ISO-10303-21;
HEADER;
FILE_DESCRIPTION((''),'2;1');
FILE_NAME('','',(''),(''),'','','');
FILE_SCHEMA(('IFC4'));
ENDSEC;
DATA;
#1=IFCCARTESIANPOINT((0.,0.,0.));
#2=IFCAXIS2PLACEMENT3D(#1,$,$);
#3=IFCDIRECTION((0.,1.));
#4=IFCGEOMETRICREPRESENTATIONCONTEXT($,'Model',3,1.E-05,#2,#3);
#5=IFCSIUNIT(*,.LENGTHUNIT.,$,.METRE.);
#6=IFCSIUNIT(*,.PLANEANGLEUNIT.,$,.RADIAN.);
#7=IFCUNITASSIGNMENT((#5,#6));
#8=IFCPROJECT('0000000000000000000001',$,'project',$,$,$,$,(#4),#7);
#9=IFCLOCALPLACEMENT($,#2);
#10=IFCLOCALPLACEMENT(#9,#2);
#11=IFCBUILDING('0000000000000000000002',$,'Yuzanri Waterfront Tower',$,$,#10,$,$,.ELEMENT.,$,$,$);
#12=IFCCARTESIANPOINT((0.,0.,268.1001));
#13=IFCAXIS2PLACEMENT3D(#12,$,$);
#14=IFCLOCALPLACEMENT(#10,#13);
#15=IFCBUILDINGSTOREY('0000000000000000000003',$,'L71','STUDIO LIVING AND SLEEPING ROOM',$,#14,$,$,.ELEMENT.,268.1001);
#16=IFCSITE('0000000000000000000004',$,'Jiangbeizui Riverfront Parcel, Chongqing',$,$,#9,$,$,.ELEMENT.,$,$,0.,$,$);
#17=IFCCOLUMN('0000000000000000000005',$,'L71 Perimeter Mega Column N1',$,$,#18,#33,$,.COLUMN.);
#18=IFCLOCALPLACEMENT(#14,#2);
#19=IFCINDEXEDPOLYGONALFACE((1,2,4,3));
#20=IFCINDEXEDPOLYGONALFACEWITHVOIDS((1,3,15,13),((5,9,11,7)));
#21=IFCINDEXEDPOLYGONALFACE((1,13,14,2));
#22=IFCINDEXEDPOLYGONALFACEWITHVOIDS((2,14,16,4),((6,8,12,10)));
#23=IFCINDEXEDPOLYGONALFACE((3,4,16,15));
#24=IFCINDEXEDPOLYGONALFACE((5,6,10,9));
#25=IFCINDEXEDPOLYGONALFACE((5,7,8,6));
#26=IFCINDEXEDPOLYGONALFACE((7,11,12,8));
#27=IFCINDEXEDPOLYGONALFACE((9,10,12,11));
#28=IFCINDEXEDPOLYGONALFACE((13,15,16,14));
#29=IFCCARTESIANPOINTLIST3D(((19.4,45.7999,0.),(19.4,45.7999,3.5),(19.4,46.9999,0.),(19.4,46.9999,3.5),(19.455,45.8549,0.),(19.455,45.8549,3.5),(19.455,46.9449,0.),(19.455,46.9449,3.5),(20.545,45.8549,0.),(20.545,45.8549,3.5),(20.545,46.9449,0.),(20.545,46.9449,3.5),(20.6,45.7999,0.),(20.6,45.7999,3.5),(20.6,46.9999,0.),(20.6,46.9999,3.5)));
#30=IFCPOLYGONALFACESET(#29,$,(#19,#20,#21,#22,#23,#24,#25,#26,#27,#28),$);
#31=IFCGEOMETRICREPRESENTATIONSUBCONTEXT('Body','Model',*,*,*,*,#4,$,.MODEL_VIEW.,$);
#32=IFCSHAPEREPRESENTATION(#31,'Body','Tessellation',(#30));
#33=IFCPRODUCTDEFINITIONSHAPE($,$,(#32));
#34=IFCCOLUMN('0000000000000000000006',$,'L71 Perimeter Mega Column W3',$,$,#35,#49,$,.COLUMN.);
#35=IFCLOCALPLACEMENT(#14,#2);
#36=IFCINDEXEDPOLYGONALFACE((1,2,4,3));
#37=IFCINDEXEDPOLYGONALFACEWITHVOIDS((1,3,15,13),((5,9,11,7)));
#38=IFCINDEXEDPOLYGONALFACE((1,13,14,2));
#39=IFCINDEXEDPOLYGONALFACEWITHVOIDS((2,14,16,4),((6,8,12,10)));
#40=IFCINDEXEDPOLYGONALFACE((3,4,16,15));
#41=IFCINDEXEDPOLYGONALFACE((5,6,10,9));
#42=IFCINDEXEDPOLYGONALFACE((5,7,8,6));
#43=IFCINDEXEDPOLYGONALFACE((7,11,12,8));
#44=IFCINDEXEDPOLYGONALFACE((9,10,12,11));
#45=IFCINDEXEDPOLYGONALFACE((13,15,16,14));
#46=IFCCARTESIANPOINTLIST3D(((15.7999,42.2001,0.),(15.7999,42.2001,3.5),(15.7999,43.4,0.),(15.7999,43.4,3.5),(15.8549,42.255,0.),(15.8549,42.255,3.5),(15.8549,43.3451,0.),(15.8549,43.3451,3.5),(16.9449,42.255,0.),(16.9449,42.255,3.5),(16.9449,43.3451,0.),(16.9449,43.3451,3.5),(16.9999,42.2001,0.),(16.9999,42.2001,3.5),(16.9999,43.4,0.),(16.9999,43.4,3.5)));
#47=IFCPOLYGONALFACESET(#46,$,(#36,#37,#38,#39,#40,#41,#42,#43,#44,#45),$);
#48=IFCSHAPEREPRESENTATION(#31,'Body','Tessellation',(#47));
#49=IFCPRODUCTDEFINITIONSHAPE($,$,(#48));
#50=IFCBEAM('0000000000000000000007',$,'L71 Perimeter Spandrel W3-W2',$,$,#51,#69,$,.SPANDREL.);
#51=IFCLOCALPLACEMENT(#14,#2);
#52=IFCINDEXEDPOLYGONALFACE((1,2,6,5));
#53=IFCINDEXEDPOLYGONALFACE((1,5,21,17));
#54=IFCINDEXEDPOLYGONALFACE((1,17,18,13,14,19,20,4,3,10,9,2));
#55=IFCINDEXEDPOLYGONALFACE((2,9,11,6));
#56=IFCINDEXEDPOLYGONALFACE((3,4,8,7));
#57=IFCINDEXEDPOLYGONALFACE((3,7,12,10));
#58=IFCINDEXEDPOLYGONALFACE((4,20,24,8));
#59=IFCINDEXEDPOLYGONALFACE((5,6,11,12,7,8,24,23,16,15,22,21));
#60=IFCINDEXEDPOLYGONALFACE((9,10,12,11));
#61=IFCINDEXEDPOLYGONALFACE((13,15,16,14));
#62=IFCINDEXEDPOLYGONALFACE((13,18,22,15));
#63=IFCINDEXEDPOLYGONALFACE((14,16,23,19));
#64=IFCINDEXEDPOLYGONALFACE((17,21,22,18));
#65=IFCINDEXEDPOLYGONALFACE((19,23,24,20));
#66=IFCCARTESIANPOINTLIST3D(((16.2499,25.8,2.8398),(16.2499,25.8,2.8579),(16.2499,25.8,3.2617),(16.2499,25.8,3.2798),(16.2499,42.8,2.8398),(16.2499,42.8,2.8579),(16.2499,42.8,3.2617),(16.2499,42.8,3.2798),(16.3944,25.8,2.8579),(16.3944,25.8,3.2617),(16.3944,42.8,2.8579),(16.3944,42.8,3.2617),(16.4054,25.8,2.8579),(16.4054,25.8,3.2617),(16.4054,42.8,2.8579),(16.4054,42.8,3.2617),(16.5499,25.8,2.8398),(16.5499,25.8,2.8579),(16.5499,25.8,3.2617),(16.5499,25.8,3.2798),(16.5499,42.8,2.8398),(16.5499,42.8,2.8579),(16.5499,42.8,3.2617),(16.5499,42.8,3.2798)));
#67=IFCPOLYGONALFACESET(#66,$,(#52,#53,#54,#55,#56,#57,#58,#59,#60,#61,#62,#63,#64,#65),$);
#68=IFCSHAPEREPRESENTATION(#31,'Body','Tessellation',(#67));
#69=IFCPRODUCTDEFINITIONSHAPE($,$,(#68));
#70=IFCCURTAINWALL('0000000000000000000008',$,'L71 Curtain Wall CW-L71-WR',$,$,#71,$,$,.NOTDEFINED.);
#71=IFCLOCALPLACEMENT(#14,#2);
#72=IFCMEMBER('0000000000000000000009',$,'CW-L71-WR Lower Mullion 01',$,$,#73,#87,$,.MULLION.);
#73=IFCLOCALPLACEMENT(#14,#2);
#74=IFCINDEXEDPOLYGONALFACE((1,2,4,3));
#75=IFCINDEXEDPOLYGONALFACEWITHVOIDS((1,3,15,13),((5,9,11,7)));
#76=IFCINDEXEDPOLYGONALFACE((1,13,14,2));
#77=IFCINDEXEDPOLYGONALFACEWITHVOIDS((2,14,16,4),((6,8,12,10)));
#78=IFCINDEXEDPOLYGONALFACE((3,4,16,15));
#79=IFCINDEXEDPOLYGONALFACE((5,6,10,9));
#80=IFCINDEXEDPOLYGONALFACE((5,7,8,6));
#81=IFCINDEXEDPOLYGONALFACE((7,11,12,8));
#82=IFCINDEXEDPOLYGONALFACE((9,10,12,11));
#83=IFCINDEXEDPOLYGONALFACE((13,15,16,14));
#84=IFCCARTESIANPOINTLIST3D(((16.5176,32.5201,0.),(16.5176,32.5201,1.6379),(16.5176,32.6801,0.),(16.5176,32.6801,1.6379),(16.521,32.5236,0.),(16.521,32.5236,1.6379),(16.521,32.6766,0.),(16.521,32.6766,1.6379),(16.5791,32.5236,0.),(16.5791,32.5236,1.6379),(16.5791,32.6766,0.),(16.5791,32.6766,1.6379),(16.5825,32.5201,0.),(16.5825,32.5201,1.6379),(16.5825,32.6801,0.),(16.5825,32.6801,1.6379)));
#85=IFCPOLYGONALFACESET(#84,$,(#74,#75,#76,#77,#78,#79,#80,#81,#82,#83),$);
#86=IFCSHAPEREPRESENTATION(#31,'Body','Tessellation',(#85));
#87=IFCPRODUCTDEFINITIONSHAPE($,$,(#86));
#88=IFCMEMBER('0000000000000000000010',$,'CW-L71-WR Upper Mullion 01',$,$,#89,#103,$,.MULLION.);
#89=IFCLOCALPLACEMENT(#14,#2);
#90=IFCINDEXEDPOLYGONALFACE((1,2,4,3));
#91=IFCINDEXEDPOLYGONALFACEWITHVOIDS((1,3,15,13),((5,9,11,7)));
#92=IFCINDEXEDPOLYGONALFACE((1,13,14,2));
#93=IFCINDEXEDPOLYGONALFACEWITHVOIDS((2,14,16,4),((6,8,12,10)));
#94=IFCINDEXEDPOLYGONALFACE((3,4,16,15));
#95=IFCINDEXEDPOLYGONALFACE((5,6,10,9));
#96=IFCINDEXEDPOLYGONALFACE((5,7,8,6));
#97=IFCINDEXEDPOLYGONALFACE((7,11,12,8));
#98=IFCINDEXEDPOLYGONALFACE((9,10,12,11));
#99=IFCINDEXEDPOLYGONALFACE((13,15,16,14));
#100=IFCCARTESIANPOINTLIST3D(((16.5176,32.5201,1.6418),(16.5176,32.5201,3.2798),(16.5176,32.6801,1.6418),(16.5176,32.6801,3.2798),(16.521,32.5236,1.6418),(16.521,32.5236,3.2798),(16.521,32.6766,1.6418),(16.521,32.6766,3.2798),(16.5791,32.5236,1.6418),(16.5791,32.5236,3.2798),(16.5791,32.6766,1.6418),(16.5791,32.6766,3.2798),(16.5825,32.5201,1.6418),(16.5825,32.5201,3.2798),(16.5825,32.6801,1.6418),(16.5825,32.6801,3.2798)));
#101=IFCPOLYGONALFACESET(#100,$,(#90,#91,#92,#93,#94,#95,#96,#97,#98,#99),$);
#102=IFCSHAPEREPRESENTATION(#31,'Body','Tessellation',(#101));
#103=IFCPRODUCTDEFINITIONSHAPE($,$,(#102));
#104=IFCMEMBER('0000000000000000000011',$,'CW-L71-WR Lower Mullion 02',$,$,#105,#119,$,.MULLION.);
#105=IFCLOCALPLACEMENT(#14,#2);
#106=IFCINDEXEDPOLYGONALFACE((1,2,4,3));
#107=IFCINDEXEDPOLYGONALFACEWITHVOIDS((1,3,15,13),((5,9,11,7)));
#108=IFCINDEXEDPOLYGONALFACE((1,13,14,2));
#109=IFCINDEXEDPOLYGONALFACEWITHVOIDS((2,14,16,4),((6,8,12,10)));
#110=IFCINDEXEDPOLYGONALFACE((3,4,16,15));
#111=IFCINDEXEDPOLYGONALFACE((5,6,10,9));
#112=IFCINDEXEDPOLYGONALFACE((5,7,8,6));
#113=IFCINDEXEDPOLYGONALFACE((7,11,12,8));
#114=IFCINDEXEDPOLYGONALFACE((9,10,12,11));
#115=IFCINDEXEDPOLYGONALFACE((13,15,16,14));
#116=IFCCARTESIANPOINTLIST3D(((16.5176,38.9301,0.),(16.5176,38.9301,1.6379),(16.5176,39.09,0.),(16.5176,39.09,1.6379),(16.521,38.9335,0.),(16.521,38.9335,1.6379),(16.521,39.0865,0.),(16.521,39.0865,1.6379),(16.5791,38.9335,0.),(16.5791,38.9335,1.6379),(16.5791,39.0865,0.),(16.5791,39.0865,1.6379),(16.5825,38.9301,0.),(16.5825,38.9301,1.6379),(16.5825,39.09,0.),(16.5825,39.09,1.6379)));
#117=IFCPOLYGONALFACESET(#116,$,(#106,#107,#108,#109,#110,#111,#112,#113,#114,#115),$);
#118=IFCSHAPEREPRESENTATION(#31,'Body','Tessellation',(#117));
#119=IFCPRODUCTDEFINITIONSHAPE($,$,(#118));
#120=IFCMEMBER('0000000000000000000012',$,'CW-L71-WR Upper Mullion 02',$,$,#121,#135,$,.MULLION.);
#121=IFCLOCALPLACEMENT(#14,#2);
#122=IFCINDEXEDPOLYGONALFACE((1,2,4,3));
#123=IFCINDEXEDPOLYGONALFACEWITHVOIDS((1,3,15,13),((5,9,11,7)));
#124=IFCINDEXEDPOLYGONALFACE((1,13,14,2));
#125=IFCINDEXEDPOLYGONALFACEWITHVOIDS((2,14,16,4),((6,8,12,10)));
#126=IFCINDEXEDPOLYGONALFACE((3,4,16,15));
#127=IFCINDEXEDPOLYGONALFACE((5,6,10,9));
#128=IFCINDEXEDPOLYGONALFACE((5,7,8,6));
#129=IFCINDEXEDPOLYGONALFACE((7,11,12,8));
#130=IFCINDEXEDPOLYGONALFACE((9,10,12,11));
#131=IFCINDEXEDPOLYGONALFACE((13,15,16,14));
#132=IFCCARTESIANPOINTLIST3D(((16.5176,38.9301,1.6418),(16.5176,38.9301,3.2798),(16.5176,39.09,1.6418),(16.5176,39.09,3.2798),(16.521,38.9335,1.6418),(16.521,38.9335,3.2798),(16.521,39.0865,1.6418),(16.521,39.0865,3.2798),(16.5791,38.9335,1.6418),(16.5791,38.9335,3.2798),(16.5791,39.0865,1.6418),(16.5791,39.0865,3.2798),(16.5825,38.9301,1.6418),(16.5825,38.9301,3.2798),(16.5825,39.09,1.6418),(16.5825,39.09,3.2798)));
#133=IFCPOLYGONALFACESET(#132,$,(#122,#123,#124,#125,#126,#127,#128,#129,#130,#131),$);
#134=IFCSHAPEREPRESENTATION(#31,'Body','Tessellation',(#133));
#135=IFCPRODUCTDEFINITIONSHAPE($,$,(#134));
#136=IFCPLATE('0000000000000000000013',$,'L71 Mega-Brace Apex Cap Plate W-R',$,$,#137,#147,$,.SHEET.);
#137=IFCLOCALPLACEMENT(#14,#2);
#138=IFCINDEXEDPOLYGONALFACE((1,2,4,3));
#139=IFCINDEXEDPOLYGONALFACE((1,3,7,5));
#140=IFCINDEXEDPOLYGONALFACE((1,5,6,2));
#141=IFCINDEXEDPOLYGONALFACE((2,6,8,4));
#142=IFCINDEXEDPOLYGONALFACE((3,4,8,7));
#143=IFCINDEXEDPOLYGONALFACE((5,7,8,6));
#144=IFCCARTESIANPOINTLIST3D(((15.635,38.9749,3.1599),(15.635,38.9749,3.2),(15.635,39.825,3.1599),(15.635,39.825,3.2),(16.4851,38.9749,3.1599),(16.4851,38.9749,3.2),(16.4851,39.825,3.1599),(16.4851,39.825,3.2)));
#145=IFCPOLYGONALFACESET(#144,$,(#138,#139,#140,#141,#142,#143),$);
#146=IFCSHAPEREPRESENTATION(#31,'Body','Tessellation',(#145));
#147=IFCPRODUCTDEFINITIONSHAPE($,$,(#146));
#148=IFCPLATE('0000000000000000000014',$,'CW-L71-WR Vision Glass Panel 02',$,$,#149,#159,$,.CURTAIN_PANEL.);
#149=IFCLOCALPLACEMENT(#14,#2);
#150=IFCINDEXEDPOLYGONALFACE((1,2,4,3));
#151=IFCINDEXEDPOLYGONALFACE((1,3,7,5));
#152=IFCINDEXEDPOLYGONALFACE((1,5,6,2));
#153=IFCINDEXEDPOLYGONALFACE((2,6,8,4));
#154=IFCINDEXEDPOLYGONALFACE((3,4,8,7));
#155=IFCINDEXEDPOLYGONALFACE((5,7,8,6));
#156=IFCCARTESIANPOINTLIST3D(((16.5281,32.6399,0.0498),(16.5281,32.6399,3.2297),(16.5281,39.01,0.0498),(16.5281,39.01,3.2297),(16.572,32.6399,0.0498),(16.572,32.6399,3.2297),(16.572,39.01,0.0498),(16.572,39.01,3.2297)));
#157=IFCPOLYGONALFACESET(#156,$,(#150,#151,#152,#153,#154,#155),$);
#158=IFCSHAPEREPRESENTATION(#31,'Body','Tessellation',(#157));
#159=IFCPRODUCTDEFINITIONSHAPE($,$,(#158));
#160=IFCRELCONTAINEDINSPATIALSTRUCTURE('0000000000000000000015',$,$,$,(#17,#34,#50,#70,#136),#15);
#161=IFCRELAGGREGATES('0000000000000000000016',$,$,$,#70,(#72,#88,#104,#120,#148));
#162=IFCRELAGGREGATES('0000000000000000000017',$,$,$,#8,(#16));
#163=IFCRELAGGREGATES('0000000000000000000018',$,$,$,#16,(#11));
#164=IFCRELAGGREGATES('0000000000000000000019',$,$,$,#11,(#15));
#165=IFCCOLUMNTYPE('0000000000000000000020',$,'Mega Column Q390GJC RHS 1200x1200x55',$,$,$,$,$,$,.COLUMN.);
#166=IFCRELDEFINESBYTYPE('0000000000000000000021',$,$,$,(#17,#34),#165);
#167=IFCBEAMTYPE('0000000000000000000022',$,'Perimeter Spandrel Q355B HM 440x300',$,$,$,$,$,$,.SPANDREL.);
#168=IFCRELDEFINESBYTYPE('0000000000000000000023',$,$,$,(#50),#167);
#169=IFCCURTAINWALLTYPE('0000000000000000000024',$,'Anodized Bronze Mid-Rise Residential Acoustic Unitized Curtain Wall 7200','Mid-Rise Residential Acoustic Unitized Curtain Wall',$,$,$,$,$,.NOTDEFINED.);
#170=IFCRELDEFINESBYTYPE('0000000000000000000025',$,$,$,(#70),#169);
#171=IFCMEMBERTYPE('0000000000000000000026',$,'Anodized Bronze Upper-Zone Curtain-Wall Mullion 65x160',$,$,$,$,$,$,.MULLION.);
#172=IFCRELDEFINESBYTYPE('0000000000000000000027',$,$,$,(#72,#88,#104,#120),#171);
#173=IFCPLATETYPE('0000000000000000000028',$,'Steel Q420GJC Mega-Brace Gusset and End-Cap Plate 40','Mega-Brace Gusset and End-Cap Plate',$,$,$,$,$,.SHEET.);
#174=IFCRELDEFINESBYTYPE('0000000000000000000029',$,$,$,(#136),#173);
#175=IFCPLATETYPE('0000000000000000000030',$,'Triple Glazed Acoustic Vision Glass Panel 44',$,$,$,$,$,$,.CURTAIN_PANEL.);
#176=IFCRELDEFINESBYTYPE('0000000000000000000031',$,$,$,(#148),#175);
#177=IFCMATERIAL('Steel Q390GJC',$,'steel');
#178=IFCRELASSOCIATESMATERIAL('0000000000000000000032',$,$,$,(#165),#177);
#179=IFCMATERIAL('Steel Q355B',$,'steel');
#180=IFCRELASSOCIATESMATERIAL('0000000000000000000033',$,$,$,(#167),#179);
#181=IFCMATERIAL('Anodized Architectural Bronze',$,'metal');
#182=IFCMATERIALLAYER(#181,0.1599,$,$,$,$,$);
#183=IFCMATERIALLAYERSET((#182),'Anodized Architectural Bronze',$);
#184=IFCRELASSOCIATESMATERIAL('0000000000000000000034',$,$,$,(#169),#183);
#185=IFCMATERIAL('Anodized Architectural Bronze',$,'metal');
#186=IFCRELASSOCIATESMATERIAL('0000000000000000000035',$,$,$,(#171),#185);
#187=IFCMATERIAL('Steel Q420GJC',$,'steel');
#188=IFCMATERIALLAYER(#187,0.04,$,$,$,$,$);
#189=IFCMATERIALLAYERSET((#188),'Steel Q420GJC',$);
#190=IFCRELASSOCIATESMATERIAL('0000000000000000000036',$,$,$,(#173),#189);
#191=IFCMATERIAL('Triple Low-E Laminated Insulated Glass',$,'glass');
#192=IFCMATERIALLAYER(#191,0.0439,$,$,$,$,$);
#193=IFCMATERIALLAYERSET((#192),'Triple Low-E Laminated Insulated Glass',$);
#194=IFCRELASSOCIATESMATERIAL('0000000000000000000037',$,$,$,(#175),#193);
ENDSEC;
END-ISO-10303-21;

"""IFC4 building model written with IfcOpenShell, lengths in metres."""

from ifc_helpers import new_model, si_unit, direction, frame, origin, origin_2d, place, context, subcontext, project, spatial, rectangle, hollow_rectangle, i_section, extrude, source, transform, mapped, material, layer, layer_set, material_profile, profile_set, type_object, element, aggregate, save


model = new_model("IFC4")

# Units and contexts
model_context = context("Model", 3, precision=1e-05, world=origin(), true_north=direction((0.0, 1.0)))
body_context = subcontext(model_context, "Body", "Model", "MODEL_VIEW")
ifc_project = project(units=[si_unit("LENGTHUNIT", "METRE"), si_unit("PLANEANGLEUNIT", "RADIAN")], contexts=[model_context])

# Site, building, storey
site_placement = place(None, origin())
site = spatial("IfcSite", under=ifc_project, at=site_placement, Name="Jiangbeizui Riverfront Parcel, Chongqing", CompositionType="ELEMENT", RefElevation=0.0)
building_placement = place(site_placement, origin())
building = spatial("IfcBuilding", under=site, at=building_placement, Name="Yuzanri Waterfront Tower", CompositionType="ELEMENT")
storey_placement = place(building_placement, frame((0.0, 0.0, 268.1001)))
storey = spatial("IfcBuildingStorey", under=building, at=storey_placement, Name="L71", Description="STUDIO LIVING AND SLEEPING ROOM", CompositionType="ELEMENT", Elevation=268.1001)

# Columns
ifc_material_1 = material(Name="Steel Q390GJC", Category="steel")
ifc_material_profile_1 = material_profile(ifc_material_1, hollow_rectangle(XDim=1.2, YDim=1.2, WallThickness=0.0549, at=origin_2d()), Name="RHS 1200x1200x55")
ifc_profile_set_1 = profile_set([ifc_material_profile_1], Name="Steel Q390GJC")
column_type = type_object("IfcColumnType", Name="Mega Column Q390GJC RHS 1200x1200x55", PredefinedType="COLUMN", material=ifc_profile_set_1)
shared_shape_1 = source(origin(), body_context, "Body", "SweptSolid", [
    extrude(hollow_rectangle(XDim=1.2, YDim=1.2, WallThickness=0.0549, at=origin_2d()), origin(), (0.0, 0.0, 1.0), 3.5),
])
for number, where, z_axis, x_axis, name in (
    (1, (20.0, 46.3999, 0.0), (0.0, 0.0, 1.0), (1.0, 0.0, 0.0), "L71 Perimeter Mega Column N1"),
    (2, (16.3999, 42.8, 0.0), (0.0, 0.0, 1.0), (1.0, 0.0, 0.0), "L71 Perimeter Mega Column W3"),
):
    element("IfcColumn", number, at=place(storey_placement, frame(where, z_axis=z_axis, x_axis=x_axis)), inside=storey, type_object=column_type, Name=name, PredefinedType="COLUMN", context=body_context, shape_type="MappedRepresentation", body=[
        mapped(shared_shape_1, transform((0.0, 0.0, 0.0), scale=1.0)),
    ])

# Beam
ifc_material_2 = material(Name="Steel Q355B", Category="steel")
ifc_material_profile_2 = material_profile(ifc_material_2, i_section(OverallWidth=0.3, OverallDepth=0.4399, WebThickness=0.011, FlangeThickness=0.0181, at=origin_2d()), Name="HM 440x300x11x18")
ifc_profile_set_2 = profile_set([ifc_material_profile_2], Name="Steel Q355B")
beam_type = type_object("IfcBeamType", Name="Perimeter Spandrel Q355B HM 440x300", PredefinedType="SPANDREL", material=ifc_profile_set_2)
shared_shape_2 = source(origin(), body_context, "Body", "SweptSolid", [
    extrude(i_section(OverallWidth=0.3, OverallDepth=0.4399, WebThickness=0.011, FlangeThickness=0.0181, at=origin_2d()), origin(), (0.0, 0.0, 1.0), 17.0),
])
beam_placement = place(storey_placement, frame((16.3999, 42.8, 3.0598), z_axis=(0.0, -1.0, 0.0), x_axis=(1.0, 0.0, 0.0)))
element("IfcBeam", 3, at=beam_placement, inside=storey, type_object=beam_type, Name="L71 Perimeter Spandrel W3-W2", PredefinedType="SPANDREL", context=body_context, shape_type="MappedRepresentation", body=[
    mapped(shared_shape_2, transform((0.0, 0.0, 0.0), scale=1.0)),
])

# Curtain wall, members
ifc_material_3 = material(Name="Anodized Architectural Bronze", Category="metal")
ifc_layer_1 = layer(ifc_material_3, 0.1599)
ifc_layer_set_1 = layer_set([ifc_layer_1], Name="Anodized Architectural Bronze")
curtain_wall_type = type_object("IfcCurtainWallType", Name="Anodized Bronze Mid-Rise Residential Acoustic Unitized Curtain Wall 7200", Description="Mid-Rise Residential Acoustic Unitized Curtain Wall", PredefinedType="NOTDEFINED", material=ifc_layer_set_1)
curtain_wall_placement = place(storey_placement, origin())
curtain_wall = element("IfcCurtainWall", 4, at=curtain_wall_placement, inside=storey, type_object=curtain_wall_type, Name="L71 Curtain Wall CW-L71-WR", PredefinedType="NOTDEFINED")
ifc_material_4 = material(Name="Anodized Architectural Bronze", Category="metal")
ifc_material_profile_3 = material_profile(ifc_material_4, hollow_rectangle(XDim=0.0649, YDim=0.1599, WallThickness=0.0034, at=origin_2d()), Name="CWM 65x160")
ifc_profile_set_3 = profile_set([ifc_material_profile_3], Name="Anodized Architectural Bronze")
member_type = type_object("IfcMemberType", Name="Anodized Bronze Upper-Zone Curtain-Wall Mullion 65x160", PredefinedType="MULLION", material=ifc_profile_set_3)
shared_shape_3 = source(origin(), body_context, "Body", "SweptSolid", [
    extrude(hollow_rectangle(XDim=0.0649, YDim=0.1599, WallThickness=0.0034, at=origin_2d()), origin(), (0.0, 0.0, 1.0), 1.6379),
])
member_1_placement = place(storey_placement, frame((16.55, 32.6001, 0.0), z_axis=(0.0, 0.0, 1.0), x_axis=(1.0, 0.0, 0.0)))
member_1 = element("IfcMember", 5, at=member_1_placement, type_object=member_type, Name="CW-L71-WR Lower Mullion 01", PredefinedType="MULLION", context=body_context, shape_type="MappedRepresentation", body=[
    mapped(shared_shape_3, transform((0.0, 0.0, 0.0), scale=1.0)),
])
member_2_placement = place(storey_placement, frame((16.55, 32.6001, 1.6418), z_axis=(0.0, 0.0, 1.0), x_axis=(1.0, 0.0, 0.0)))
member_2 = element("IfcMember", 6, at=member_2_placement, type_object=member_type, Name="CW-L71-WR Upper Mullion 01", PredefinedType="MULLION", context=body_context, shape_type="MappedRepresentation", body=[
    mapped(shared_shape_3, transform((0.0, 0.0, 0.0), scale=1.0)),
])
member_3_placement = place(storey_placement, frame((16.55, 39.01, 0.0), z_axis=(0.0, 0.0, 1.0), x_axis=(1.0, 0.0, 0.0)))
member_3 = element("IfcMember", 7, at=member_3_placement, type_object=member_type, Name="CW-L71-WR Lower Mullion 02", PredefinedType="MULLION", context=body_context, shape_type="MappedRepresentation", body=[
    mapped(shared_shape_3, transform((0.0, 0.0, 0.0), scale=1.0)),
])
member_4_placement = place(storey_placement, frame((16.55, 39.01, 1.6418), z_axis=(0.0, 0.0, 1.0), x_axis=(1.0, 0.0, 0.0)))
member_4 = element("IfcMember", 8, at=member_4_placement, type_object=member_type, Name="CW-L71-WR Upper Mullion 02", PredefinedType="MULLION", context=body_context, shape_type="MappedRepresentation", body=[
    mapped(shared_shape_3, transform((0.0, 0.0, 0.0), scale=1.0)),
])

# Plates
ifc_material_5 = material(Name="Steel Q420GJC", Category="steel")
ifc_layer_2 = layer(ifc_material_5, 0.04)
ifc_layer_set_2 = layer_set([ifc_layer_2], Name="Steel Q420GJC")
plate_type_1 = type_object("IfcPlateType", Name="Steel Q420GJC Mega-Brace Gusset and End-Cap Plate 40", Description="Mega-Brace Gusset and End-Cap Plate", PredefinedType="SHEET", material=ifc_layer_set_2)
shared_shape_4 = source(origin(), body_context, "Body", "SweptSolid", [
    extrude(rectangle(XDim=0.8501, YDim=0.8501, at=origin_2d()), origin(), (0.0, 0.0, 1.0), 0.04),
])
plate_1_placement = place(storey_placement, frame((16.0601, 39.3999, 3.1599), z_axis=(0.0, 0.0, 1.0), x_axis=(1.0, 0.0, 0.0)))
element("IfcPlate", 9, at=plate_1_placement, inside=storey, type_object=plate_type_1, Name="L71 Mega-Brace Apex Cap Plate W-R", PredefinedType="SHEET", context=body_context, shape_type="MappedRepresentation", body=[
    mapped(shared_shape_4, transform((0.0, 0.0, 0.0), scale=1.0)),
])
ifc_material_6 = material(Name="Triple Low-E Laminated Insulated Glass", Category="glass")
ifc_layer_3 = layer(ifc_material_6, 0.0439)
ifc_layer_set_3 = layer_set([ifc_layer_3], Name="Triple Low-E Laminated Insulated Glass")
plate_type_2 = type_object("IfcPlateType", Name="Triple Glazed Acoustic Vision Glass Panel 44", PredefinedType="CURTAIN_PANEL", material=ifc_layer_set_3)
shared_shape_5 = source(origin(), body_context, "Body", "SweptSolid", [
    extrude(rectangle(XDim=6.3701, YDim=0.0439, at=origin_2d()), origin(), (0.0, 0.0, 1.0), 3.1799),
])
plate_2_placement = place(storey_placement, frame((16.55, 35.825, 0.0498), z_axis=(0.0, 0.0, 1.0), x_axis=(0.0, 1.0, 0.0)))
plate_2 = element("IfcPlate", 10, at=plate_2_placement, type_object=plate_type_2, Name="CW-L71-WR Vision Glass Panel 02", PredefinedType="CURTAIN_PANEL", context=body_context, shape_type="MappedRepresentation", body=[
    mapped(shared_shape_5, transform((0.0, 0.0, 0.0), scale=1.0)),
])
aggregate(curtain_wall, [member_1, member_2, member_3, member_4, plate_2])

save(model, "model.ifc")
